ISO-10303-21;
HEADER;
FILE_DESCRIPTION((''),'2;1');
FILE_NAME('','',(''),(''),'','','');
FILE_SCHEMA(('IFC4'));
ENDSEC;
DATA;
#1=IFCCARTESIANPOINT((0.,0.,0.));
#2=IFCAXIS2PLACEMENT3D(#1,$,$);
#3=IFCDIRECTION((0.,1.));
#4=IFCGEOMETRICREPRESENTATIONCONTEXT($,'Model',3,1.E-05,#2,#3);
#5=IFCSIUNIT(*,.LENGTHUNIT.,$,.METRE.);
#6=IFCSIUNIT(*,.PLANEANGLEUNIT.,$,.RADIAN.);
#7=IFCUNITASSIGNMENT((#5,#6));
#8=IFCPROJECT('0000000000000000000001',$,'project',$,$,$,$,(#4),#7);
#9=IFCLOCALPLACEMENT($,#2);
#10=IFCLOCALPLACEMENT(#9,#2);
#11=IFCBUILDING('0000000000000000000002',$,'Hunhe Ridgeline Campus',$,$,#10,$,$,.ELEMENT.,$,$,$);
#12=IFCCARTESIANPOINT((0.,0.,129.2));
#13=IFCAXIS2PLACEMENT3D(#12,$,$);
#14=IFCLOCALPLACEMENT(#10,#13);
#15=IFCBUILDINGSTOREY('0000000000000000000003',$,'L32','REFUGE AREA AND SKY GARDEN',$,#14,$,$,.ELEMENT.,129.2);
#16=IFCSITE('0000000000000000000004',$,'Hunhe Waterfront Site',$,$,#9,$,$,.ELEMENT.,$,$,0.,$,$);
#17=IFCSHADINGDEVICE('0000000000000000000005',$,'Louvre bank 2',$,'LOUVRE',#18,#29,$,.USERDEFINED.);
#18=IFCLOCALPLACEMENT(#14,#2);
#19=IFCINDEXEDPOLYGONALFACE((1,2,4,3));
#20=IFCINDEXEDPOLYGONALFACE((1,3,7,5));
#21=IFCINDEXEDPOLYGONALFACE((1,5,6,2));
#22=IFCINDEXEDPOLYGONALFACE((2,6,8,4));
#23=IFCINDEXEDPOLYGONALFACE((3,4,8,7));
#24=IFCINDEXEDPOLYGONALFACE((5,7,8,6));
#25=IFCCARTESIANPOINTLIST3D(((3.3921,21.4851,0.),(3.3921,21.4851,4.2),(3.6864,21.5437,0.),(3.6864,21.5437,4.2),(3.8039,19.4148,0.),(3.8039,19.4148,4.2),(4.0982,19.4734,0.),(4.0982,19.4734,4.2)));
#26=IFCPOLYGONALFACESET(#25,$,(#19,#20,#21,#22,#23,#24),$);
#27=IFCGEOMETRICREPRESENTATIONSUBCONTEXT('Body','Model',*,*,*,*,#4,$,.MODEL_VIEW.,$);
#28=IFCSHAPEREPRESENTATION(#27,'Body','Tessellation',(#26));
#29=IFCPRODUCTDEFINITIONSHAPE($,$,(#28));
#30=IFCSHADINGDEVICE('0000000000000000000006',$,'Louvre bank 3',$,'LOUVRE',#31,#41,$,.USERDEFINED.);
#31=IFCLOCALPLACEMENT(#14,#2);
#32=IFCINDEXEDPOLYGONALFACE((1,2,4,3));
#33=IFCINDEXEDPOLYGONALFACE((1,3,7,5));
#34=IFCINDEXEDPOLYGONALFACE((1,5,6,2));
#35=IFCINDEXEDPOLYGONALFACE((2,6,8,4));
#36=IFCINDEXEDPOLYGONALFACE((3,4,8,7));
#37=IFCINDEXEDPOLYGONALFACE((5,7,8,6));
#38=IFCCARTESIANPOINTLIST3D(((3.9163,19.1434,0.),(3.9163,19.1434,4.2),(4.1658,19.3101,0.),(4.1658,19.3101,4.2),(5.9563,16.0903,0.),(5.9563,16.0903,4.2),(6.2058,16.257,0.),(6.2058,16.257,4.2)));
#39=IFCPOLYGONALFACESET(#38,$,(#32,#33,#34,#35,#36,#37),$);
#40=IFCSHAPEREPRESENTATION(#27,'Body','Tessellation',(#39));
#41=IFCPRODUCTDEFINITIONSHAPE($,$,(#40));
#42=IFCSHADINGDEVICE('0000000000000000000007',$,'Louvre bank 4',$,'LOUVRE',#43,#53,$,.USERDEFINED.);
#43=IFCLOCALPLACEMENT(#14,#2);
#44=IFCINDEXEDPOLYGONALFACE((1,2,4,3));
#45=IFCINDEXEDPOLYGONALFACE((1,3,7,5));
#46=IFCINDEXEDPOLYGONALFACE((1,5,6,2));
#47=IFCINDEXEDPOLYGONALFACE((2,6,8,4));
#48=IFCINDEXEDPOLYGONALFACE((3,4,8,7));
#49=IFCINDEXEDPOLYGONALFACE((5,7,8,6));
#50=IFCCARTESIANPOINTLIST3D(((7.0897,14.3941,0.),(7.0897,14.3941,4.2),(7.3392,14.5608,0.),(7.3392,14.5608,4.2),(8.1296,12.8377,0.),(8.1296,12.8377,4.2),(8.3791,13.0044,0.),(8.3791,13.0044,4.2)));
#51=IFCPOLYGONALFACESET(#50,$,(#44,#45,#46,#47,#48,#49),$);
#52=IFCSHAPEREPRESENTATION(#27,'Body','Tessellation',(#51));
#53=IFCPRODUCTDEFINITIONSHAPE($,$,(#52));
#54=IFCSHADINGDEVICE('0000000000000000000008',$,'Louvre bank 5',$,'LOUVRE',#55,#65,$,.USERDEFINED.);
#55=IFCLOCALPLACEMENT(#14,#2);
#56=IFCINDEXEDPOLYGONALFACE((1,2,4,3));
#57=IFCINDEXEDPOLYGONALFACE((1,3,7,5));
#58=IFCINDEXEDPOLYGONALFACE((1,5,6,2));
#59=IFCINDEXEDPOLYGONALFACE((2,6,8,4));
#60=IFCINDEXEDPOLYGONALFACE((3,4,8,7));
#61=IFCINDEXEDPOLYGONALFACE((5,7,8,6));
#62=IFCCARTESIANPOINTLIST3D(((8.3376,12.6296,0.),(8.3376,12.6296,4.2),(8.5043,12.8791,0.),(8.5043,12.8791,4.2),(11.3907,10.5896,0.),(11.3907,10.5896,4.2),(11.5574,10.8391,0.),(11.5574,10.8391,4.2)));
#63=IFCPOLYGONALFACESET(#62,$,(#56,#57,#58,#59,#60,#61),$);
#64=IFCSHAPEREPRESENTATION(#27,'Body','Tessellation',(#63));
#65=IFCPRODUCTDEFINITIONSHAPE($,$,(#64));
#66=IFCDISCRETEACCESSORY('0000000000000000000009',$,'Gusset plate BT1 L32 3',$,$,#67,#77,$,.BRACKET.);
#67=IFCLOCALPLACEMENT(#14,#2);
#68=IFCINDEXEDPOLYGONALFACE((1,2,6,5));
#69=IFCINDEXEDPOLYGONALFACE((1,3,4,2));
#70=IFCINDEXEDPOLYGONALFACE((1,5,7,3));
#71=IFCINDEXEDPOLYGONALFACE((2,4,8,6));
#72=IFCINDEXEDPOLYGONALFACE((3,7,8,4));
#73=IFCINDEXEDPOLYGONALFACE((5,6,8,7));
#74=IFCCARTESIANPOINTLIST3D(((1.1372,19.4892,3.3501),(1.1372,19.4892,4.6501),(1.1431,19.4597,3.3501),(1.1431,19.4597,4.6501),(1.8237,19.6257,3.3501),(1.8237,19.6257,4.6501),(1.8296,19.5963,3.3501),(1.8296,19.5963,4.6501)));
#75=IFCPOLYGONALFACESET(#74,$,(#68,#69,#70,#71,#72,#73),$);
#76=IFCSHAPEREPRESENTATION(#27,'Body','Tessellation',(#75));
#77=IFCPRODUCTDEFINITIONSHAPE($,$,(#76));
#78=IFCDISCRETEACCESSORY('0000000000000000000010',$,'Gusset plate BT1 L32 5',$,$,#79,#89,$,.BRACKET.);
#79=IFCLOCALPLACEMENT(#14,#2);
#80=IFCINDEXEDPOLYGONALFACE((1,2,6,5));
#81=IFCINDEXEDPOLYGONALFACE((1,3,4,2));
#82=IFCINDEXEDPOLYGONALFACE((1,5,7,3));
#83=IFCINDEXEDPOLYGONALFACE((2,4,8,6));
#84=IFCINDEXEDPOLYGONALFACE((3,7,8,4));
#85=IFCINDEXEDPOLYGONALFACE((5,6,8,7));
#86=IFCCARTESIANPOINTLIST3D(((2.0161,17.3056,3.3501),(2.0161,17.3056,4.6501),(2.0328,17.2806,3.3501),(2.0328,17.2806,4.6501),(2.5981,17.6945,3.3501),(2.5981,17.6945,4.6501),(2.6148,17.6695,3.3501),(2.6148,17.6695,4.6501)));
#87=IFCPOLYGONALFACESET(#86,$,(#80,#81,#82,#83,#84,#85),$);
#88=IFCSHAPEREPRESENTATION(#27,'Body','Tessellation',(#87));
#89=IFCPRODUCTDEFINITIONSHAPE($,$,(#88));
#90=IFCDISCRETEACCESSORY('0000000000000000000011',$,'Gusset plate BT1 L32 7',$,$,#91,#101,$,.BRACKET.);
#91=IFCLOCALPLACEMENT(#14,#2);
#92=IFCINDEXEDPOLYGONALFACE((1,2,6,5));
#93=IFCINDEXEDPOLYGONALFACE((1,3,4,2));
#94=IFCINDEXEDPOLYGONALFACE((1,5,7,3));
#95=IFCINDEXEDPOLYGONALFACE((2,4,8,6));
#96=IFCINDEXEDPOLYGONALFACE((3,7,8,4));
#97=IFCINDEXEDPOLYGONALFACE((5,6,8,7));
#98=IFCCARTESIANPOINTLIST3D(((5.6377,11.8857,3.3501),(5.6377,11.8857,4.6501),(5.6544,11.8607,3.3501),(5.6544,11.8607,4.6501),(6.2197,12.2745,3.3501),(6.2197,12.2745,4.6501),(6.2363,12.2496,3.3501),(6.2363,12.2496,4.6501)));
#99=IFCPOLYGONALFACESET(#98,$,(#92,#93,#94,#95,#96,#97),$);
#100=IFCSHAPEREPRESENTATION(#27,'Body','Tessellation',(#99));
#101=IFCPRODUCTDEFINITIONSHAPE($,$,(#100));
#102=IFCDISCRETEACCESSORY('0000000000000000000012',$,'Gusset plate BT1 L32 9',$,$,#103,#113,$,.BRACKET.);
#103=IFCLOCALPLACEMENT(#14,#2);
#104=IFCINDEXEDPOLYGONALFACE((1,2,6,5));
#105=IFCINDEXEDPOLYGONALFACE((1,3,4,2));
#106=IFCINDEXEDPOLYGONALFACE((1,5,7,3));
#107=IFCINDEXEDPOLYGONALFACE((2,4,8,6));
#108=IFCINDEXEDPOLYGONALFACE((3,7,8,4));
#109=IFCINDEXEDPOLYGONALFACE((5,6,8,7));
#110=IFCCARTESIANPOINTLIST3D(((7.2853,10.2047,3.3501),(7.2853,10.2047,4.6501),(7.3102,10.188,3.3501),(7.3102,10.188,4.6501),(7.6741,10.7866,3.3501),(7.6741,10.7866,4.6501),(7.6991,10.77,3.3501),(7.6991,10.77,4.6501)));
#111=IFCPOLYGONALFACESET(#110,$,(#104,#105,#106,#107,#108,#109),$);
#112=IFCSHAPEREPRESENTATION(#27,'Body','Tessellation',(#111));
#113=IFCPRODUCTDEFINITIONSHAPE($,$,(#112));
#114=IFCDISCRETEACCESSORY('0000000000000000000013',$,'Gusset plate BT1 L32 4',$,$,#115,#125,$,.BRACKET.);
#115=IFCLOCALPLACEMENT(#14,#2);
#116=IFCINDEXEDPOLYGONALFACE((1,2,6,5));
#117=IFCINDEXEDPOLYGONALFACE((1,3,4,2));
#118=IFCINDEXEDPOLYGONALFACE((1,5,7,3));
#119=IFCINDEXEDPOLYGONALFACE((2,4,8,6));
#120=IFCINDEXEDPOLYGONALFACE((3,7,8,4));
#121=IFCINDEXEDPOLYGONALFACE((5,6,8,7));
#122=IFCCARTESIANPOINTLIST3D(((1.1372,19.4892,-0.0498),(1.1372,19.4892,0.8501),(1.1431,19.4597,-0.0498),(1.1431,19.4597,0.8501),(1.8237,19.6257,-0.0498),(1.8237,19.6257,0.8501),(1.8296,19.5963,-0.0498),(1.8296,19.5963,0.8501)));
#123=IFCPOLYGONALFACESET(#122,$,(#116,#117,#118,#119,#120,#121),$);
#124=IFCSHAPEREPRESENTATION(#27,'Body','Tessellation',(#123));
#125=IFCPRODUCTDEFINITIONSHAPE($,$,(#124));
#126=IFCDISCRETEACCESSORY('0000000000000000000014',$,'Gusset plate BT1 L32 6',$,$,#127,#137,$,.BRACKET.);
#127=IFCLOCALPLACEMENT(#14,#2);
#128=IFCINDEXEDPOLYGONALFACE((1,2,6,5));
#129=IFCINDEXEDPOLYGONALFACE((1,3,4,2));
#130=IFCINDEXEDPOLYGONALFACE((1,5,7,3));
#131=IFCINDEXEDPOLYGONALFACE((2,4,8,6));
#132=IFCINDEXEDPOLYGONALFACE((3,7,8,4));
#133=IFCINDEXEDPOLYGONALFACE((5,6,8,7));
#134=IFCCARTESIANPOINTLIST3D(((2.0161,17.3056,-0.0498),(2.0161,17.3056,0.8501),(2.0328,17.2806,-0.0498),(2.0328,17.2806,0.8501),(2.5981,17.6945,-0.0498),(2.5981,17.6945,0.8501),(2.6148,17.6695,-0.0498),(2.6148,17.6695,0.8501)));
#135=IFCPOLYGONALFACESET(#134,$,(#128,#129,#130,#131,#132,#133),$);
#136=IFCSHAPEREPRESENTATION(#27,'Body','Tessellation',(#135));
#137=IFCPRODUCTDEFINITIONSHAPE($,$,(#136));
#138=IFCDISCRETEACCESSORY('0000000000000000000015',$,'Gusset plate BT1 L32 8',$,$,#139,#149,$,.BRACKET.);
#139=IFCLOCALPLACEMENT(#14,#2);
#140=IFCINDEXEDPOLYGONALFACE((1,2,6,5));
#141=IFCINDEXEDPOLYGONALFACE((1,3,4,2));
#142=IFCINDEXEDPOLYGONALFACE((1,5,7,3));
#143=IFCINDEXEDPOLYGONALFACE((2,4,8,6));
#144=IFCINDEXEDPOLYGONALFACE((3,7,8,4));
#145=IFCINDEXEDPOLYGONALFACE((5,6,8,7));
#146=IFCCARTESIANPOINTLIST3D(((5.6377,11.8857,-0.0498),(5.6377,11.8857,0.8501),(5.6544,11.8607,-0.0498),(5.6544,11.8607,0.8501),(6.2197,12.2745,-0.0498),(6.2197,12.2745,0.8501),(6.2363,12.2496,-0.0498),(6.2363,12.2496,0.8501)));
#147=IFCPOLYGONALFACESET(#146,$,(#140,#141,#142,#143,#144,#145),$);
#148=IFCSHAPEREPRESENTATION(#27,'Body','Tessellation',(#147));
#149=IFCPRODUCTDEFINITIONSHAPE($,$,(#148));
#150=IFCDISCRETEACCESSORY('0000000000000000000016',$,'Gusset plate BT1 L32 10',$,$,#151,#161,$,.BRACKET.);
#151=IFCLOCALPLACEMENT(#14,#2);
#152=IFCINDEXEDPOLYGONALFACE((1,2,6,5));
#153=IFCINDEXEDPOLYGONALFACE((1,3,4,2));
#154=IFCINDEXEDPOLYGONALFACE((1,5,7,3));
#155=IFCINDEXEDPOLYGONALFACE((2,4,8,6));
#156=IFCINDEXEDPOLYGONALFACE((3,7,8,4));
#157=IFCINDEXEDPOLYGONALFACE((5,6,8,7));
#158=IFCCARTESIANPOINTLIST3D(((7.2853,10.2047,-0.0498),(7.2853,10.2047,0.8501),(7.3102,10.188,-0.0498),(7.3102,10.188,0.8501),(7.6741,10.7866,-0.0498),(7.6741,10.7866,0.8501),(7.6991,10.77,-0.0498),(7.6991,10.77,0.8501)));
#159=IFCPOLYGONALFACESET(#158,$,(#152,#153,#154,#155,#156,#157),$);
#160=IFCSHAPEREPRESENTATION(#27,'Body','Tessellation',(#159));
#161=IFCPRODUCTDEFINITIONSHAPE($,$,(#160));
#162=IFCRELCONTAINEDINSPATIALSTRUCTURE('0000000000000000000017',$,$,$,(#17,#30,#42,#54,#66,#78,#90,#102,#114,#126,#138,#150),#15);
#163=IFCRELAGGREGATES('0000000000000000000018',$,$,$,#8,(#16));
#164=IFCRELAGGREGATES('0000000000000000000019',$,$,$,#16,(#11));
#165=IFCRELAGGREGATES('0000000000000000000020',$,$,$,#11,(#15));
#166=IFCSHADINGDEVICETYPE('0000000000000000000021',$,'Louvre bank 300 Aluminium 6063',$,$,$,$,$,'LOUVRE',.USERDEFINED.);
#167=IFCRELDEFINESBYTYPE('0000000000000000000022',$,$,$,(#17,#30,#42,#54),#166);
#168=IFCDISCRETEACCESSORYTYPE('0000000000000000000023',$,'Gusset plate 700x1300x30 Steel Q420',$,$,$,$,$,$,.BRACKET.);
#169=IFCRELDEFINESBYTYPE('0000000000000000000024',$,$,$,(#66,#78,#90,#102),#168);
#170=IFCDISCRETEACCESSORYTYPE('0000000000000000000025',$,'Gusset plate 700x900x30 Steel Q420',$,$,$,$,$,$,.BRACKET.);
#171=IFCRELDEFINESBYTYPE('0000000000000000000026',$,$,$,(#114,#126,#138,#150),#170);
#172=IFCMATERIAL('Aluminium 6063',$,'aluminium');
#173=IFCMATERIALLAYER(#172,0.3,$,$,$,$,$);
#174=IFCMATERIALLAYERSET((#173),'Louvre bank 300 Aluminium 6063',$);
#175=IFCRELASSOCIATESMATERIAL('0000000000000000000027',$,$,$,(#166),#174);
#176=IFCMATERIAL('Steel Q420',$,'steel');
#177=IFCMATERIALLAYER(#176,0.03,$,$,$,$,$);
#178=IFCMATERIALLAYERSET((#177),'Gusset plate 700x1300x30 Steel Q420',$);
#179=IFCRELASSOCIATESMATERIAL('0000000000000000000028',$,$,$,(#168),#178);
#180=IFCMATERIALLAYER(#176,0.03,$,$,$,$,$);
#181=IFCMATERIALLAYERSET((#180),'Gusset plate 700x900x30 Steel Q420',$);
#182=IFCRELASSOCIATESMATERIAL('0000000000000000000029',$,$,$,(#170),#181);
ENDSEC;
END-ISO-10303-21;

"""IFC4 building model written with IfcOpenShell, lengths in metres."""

from ifc_helpers import new_model, si_unit, direction, frame, origin, origin_2d, place, context, subcontext, project, spatial, rectangle, extrude, material, layer, layer_set, type_object, element, save


model = new_model("IFC4")

# Units and contexts
model_context = context("Model", 3, precision=1e-05, world=origin(), true_north=direction((0.0, 1.0)))
body_context = subcontext(model_context, "Body", "Model", "MODEL_VIEW")
ifc_project = project(units=[si_unit("LENGTHUNIT", "METRE"), si_unit("PLANEANGLEUNIT", "RADIAN")], contexts=[model_context])

# Site, building, storey
site_placement = place(None, origin())
site = spatial("IfcSite", under=ifc_project, at=site_placement, Name="Hunhe Waterfront Site", CompositionType="ELEMENT", RefElevation=0.0)
building_placement = place(site_placement, origin())
building = spatial("IfcBuilding", under=site, at=building_placement, Name="Hunhe Ridgeline Campus", CompositionType="ELEMENT")
storey_placement = place(building_placement, frame((0.0, 0.0, 129.2)))
storey = spatial("IfcBuildingStorey", under=building, at=storey_placement, Name="L32", Description="REFUGE AREA AND SKY GARDEN", CompositionType="ELEMENT", Elevation=129.2)

# Shared definitions
ifc_material_1 = material(Name="Steel Q420", Category="steel")
ifc_material_2 = material(Name="Aluminium 6063", Category="aluminium")

# Shading devices
ifc_layer_1 = layer(ifc_material_2, 0.3)
ifc_layer_set_1 = layer_set([ifc_layer_1], Name="Louvre bank 300 Aluminium 6063")
shading_device_type = type_object("IfcShadingDeviceType", Name="Louvre bank 300 Aluminium 6063", ElementType="LOUVRE", PredefinedType="USERDEFINED", material=ifc_layer_set_1)
shading_device_1_placement = place(storey_placement, frame((3.7451, 20.4792, 0.0), z_axis=(0.0, 0.0, 1.0), x_axis=(0.195095, -0.980784, 0.0)))
element("IfcShadingDevice", 1, at=shading_device_1_placement, inside=storey, type_object=shading_device_type, Name="Louvre bank 2", ObjectType="LOUVRE", PredefinedType="USERDEFINED", context=body_context, shape_type="SweptSolid", body=[
    extrude(rectangle(XDim=2.1108, YDim=0.3, at=origin_2d()), origin(), (0.0, 0.0, 1.0), 4.2),
])
shading_device_2_placement = place(storey_placement, frame((5.061, 17.7002, 0.0), z_axis=(0.0, 0.0, 1.0), x_axis=(0.55557, -0.83147, 0.0)))
element("IfcShadingDevice", 2, at=shading_device_2_placement, inside=storey, type_object=shading_device_type, Name="Louvre bank 3", ObjectType="LOUVRE", PredefinedType="USERDEFINED", context=body_context, shape_type="SweptSolid", body=[
    extrude(rectangle(XDim=3.6719, YDim=0.3, at=origin_2d()), origin(), (0.0, 0.0, 1.0), 4.2),
])
shading_device_3_placement = place(storey_placement, frame((7.7344, 13.6992, 0.0), z_axis=(0.0, 0.0, 1.0), x_axis=(0.55557, -0.83147, 0.0)))
element("IfcShadingDevice", 3, at=shading_device_3_placement, inside=storey, type_object=shading_device_type, Name="Louvre bank 4", ObjectType="LOUVRE", PredefinedType="USERDEFINED", context=body_context, shape_type="SweptSolid", body=[
    extrude(rectangle(XDim=1.8718, YDim=0.3, at=origin_2d()), origin(), (0.0, 0.0, 1.0), 4.2),
])
shading_device_4_placement = place(storey_placement, frame((9.9475, 11.7344, 0.0), z_axis=(0.0, 0.0, 1.0), x_axis=(0.83147, -0.55557, 0.0)))
element("IfcShadingDevice", 4, at=shading_device_4_placement, inside=storey, type_object=shading_device_type, Name="Louvre bank 5", ObjectType="LOUVRE", PredefinedType="USERDEFINED", context=body_context, shape_type="SweptSolid", body=[
    extrude(rectangle(XDim=3.6719, YDim=0.3, at=origin_2d()), origin(), (0.0, 0.0, 1.0), 4.2),
])

# Discrete accessories
ifc_layer_2 = layer(ifc_material_1, 0.03)
ifc_layer_set_2 = layer_set([ifc_layer_2], Name="Gusset plate 700x1300x30 Steel Q420")
discrete_accessory_type_1 = type_object("IfcDiscreteAccessoryType", Name="Gusset plate 700x1300x30 Steel Q420", PredefinedType="BRACKET", material=ifc_layer_set_2)
for number, where, z_axis, x_axis, name in (
    (5, (1.4834, 19.5427, 3.3501), (0.0, 0.0, 1.0), (0.19509, -0.980785, 0.0), "Gusset plate BT1 L32 3"),
    (6, (2.3154, 17.4875, 3.3501), (0.0, 0.0, 1.0), (-0.55557, 0.83147, 0.0), "Gusset plate BT1 L32 5"),
    (7, (5.937, 12.0676, 3.3501), (0.0, 0.0, 1.0), (0.55557, -0.83147, 0.0), "Gusset plate BT1 L32 7"),
    (8, (7.4922, 10.4873, 3.3501), (0.0, 0.0, 1.0), (-0.83147, 0.55557, 0.0), "Gusset plate BT1 L32 9"),
):
    element("IfcDiscreteAccessory", number, at=place(storey_placement, frame(where, z_axis=z_axis, x_axis=x_axis)), inside=storey, type_object=discrete_accessory_type_1, Name=name, PredefinedType="BRACKET", context=body_context, shape_type="SweptSolid", body=[
        extrude(rectangle(XDim=0.03, YDim=0.7, at=origin_2d()), origin(), (0.0, 0.0, 1.0), 1.3),
    ])
ifc_layer_3 = layer(ifc_material_1, 0.03)
ifc_layer_set_3 = layer_set([ifc_layer_3], Name="Gusset plate 700x900x30 Steel Q420")
discrete_accessory_type_2 = type_object("IfcDiscreteAccessoryType", Name="Gusset plate 700x900x30 Steel Q420", PredefinedType="BRACKET", material=ifc_layer_set_3)
for number, where, z_axis, x_axis, name in (
    (9, (1.4834, 19.5427, -0.0498), (0.0, 0.0, 1.0), (0.19509, -0.980785, 0.0), "Gusset plate BT1 L32 4"),
    (10, (2.3154, 17.4875, -0.0498), (0.0, 0.0, 1.0), (-0.55557, 0.83147, 0.0), "Gusset plate BT1 L32 6"),
    (11, (5.937, 12.0676, -0.0498), (0.0, 0.0, 1.0), (0.55557, -0.83147, 0.0), "Gusset plate BT1 L32 8"),
    (12, (7.4922, 10.4873, -0.0498), (0.0, 0.0, 1.0), (-0.83147, 0.55557, 0.0), "Gusset plate BT1 L32 10"),
):
    element("IfcDiscreteAccessory", number, at=place(storey_placement, frame(where, z_axis=z_axis, x_axis=x_axis)), inside=storey, type_object=discrete_accessory_type_2, Name=name, PredefinedType="BRACKET", context=body_context, shape_type="SweptSolid", body=[
        extrude(rectangle(XDim=0.03, YDim=0.7, at=origin_2d()), origin(), (0.0, 0.0, 1.0), 0.8999),
    ])

save(model, "model.ifc")
